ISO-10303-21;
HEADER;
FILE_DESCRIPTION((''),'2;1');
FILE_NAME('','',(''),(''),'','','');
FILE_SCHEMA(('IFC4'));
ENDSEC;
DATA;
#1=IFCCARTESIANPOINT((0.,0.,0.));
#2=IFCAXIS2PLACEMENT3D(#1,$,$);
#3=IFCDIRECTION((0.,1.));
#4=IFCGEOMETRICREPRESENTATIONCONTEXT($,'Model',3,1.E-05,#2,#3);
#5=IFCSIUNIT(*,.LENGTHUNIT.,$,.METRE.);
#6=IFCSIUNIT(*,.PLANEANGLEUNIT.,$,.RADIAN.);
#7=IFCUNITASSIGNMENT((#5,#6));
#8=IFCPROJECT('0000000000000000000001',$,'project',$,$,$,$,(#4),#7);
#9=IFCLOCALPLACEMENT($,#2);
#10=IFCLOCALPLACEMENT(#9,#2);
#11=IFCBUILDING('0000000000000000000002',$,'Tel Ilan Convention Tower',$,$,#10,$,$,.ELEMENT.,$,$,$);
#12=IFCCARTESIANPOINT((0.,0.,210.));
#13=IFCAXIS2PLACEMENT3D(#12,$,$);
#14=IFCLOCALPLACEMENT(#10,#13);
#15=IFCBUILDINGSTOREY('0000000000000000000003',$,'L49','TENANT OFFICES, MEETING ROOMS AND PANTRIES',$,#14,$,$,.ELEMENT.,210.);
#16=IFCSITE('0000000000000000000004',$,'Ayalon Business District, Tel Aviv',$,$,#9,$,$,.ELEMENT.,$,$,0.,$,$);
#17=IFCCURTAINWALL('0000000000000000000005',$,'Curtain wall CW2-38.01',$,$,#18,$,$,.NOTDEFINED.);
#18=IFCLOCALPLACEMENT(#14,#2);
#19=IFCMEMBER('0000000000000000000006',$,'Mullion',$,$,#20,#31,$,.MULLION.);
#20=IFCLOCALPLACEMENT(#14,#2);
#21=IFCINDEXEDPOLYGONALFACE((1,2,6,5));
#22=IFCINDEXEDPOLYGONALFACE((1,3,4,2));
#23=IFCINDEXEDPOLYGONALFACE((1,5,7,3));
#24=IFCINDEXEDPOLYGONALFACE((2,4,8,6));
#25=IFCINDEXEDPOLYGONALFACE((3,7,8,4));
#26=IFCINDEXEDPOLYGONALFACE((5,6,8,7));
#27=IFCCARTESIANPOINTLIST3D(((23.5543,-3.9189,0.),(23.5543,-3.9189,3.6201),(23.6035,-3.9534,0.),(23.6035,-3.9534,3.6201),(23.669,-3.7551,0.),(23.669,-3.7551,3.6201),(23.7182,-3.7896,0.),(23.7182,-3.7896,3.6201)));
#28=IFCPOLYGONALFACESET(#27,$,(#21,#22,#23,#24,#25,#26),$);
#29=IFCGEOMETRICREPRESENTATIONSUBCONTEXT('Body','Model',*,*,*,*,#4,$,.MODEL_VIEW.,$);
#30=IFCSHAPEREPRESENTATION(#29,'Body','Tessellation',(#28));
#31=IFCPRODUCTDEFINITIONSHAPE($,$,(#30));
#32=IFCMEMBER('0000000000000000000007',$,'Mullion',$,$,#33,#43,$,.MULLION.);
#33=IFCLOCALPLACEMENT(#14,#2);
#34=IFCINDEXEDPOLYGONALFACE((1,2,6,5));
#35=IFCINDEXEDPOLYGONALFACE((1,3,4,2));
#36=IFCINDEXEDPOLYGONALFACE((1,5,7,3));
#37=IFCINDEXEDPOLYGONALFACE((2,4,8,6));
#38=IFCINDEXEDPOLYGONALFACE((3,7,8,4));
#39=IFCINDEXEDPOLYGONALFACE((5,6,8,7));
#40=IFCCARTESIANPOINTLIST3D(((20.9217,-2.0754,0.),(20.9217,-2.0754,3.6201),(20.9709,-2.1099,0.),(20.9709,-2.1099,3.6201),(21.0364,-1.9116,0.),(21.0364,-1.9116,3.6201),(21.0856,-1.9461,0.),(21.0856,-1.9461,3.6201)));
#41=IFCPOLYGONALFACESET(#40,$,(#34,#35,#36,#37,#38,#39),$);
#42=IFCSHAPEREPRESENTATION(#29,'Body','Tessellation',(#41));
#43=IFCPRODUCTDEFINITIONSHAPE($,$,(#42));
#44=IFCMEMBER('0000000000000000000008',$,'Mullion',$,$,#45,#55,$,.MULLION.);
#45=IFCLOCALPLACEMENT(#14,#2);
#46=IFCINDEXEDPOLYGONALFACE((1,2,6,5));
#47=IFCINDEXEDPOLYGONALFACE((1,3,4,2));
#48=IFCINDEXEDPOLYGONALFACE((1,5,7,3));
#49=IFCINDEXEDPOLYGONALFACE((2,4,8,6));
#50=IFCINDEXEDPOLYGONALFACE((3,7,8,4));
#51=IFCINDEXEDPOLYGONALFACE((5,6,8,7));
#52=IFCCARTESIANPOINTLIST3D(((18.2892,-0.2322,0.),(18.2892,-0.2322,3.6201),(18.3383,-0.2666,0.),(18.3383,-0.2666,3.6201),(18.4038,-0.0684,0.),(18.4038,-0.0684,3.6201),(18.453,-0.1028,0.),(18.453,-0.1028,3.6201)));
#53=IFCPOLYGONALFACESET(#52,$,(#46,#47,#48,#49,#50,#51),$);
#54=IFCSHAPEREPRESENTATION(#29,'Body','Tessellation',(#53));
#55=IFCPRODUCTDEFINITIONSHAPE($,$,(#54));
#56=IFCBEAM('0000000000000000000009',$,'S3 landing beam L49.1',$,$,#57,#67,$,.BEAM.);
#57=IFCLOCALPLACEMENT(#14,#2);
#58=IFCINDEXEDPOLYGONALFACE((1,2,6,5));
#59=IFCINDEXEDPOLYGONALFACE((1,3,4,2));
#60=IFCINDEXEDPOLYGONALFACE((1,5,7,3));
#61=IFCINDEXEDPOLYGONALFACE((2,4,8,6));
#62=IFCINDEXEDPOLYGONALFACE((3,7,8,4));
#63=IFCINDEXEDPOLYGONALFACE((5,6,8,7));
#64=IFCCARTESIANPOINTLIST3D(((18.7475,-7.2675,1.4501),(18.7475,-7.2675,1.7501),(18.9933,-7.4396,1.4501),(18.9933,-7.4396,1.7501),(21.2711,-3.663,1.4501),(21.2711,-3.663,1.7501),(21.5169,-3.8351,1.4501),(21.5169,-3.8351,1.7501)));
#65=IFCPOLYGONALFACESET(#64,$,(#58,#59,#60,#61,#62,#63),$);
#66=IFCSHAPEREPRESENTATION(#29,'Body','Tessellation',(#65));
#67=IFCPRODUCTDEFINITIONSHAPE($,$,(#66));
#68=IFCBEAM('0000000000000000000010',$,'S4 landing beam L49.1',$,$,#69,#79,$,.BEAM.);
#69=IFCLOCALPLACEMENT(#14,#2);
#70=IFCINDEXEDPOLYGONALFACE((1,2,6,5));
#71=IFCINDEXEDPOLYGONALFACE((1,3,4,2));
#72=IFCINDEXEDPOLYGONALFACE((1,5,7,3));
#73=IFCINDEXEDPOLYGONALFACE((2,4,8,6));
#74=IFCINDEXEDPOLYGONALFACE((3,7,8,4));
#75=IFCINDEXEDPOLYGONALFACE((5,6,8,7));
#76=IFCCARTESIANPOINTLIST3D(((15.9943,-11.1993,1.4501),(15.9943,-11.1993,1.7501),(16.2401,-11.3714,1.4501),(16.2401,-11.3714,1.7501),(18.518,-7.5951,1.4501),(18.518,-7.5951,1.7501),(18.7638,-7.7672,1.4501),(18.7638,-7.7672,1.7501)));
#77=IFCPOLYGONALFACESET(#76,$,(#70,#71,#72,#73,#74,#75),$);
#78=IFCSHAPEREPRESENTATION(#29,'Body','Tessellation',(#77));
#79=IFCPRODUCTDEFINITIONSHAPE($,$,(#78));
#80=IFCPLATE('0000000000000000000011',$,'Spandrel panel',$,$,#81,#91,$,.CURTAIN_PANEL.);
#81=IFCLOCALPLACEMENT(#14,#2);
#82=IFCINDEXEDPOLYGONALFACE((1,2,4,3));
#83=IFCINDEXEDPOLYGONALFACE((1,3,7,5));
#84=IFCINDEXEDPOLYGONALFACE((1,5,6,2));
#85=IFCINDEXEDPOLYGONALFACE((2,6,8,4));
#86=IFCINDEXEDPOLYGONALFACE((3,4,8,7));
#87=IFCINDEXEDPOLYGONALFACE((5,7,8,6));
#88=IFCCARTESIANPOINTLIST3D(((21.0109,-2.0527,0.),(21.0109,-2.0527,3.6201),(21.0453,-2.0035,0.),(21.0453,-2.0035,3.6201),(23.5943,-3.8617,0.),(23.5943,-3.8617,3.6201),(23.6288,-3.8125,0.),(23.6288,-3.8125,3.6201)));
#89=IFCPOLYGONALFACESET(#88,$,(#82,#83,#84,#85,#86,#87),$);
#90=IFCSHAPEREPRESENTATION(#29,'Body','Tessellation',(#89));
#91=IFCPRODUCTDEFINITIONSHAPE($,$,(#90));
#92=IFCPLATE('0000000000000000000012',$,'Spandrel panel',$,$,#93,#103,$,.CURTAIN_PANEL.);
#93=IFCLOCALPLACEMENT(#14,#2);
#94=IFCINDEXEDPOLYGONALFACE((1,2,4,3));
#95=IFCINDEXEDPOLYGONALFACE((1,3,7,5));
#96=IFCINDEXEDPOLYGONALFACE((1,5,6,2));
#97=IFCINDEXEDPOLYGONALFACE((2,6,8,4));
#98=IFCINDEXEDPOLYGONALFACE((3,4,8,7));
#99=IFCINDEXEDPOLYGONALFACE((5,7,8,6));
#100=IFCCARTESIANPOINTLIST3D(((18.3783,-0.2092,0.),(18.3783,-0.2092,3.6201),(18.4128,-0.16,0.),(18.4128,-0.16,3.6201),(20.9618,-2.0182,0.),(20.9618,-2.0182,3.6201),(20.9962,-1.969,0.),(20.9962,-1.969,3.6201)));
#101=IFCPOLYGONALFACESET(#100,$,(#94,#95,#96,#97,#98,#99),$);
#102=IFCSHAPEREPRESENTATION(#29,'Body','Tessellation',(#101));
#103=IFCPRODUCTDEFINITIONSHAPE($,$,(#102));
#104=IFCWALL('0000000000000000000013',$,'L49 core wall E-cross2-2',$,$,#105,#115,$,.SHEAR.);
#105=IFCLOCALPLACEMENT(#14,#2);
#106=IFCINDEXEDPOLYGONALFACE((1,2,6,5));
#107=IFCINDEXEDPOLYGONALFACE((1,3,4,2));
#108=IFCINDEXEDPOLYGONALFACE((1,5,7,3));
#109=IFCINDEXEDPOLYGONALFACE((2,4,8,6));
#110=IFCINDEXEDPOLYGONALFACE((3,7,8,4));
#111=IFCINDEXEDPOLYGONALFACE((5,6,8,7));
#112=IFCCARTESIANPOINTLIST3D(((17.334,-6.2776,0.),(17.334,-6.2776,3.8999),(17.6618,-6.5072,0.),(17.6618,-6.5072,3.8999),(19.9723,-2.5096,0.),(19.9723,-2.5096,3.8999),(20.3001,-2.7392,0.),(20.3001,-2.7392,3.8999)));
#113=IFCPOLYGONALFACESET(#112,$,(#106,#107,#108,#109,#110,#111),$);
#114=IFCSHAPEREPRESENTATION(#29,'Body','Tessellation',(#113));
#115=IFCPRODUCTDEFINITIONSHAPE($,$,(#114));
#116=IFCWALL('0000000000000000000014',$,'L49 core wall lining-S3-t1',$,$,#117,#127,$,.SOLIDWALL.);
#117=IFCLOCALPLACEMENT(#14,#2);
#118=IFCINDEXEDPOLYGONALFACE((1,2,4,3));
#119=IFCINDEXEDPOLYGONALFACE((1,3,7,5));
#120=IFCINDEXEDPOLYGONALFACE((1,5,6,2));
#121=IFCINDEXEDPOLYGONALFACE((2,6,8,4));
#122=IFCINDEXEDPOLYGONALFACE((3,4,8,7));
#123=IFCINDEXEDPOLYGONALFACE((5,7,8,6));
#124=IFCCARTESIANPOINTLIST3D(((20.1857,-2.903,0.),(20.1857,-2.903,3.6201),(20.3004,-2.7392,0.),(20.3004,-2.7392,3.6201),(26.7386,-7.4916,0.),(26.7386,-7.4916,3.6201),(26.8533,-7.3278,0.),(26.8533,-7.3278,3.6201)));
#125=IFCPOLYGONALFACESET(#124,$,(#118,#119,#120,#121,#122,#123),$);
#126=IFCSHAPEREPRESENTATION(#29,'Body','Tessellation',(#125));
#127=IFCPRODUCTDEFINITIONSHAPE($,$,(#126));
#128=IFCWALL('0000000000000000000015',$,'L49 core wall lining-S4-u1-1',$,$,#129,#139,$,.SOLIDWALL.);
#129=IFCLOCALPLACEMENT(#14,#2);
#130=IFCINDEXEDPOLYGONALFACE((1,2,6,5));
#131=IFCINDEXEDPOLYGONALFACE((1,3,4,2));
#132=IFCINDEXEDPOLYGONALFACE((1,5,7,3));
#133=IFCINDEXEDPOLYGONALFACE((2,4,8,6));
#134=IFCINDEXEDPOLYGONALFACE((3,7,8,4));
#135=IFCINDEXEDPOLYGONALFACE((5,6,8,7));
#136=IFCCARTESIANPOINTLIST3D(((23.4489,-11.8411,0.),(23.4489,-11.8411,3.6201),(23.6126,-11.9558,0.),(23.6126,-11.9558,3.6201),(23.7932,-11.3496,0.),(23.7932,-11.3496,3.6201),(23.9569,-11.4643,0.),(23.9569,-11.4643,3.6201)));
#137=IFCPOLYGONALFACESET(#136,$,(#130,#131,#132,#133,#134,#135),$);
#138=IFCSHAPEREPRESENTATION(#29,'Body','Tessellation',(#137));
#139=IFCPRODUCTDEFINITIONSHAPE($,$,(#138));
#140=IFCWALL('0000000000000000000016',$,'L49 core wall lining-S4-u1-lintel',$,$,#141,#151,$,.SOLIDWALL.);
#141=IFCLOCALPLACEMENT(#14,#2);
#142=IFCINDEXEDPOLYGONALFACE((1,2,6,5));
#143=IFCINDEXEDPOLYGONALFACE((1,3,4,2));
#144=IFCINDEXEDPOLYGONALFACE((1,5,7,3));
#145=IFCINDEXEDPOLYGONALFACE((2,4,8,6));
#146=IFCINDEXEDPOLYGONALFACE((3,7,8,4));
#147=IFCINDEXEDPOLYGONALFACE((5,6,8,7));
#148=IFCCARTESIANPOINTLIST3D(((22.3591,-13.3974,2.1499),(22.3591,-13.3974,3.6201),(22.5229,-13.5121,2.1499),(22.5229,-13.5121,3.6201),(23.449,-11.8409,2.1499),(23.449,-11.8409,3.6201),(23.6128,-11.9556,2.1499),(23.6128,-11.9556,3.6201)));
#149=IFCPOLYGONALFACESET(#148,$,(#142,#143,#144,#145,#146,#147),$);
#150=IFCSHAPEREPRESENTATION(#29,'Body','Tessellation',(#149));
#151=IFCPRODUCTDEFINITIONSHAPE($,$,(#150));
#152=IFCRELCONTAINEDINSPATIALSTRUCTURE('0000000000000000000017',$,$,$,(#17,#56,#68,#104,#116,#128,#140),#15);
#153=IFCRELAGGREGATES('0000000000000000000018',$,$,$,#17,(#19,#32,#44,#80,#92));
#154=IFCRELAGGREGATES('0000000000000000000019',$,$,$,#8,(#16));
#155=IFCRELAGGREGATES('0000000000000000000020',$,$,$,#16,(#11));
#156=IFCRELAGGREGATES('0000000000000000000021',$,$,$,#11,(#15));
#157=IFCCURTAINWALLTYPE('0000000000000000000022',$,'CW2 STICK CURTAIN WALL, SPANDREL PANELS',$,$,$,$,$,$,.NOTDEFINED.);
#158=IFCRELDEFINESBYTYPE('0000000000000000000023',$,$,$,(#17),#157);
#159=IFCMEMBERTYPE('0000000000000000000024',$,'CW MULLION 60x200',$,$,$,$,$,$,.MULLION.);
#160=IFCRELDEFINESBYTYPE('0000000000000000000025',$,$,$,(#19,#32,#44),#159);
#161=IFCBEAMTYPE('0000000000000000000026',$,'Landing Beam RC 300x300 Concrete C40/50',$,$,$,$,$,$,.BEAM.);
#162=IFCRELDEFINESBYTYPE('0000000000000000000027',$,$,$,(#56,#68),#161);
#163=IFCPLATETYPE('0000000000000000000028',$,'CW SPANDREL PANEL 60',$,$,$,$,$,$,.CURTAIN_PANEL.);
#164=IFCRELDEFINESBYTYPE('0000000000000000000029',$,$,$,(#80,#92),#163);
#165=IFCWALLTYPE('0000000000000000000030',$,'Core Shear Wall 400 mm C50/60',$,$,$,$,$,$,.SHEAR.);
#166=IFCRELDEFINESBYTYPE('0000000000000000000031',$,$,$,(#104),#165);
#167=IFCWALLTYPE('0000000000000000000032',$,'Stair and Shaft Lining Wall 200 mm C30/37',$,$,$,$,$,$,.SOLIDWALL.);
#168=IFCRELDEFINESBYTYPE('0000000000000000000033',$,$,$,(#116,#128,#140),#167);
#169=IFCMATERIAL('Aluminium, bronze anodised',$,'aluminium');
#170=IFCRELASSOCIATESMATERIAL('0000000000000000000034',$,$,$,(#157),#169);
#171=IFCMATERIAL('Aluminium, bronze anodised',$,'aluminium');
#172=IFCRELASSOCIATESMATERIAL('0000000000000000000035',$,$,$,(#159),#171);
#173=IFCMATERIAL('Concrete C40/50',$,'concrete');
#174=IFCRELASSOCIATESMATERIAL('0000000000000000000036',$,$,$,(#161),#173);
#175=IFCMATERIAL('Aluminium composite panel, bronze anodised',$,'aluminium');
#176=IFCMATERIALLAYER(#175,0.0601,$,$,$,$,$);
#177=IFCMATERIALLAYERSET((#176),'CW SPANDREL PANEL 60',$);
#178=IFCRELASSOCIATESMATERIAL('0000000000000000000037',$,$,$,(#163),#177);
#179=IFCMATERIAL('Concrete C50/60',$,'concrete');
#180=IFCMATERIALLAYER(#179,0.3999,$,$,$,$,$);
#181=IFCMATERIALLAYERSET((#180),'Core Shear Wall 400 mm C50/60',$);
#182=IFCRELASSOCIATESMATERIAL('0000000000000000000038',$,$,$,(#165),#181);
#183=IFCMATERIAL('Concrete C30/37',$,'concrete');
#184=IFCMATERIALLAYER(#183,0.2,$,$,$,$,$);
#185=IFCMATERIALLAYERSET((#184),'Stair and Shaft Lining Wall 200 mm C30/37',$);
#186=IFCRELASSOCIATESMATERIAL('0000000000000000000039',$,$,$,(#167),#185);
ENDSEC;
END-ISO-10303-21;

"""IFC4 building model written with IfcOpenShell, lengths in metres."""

from ifc_helpers import new_model, si_unit, direction, frame, frame_2d, origin, origin_2d, place, context, subcontext, project, spatial, polyline, rectangle, outline, extrude, material, layer, layer_set, material_profile, profile_set, type_object, element, aggregate, save


model = new_model("IFC4")

# Units and contexts
model_context = context("Model", 3, precision=1e-05, world=origin(), true_north=direction((0.0, 1.0)))
body_context = subcontext(model_context, "Body", "Model", "MODEL_VIEW")
ifc_project = project(units=[si_unit("LENGTHUNIT", "METRE"), si_unit("PLANEANGLEUNIT", "RADIAN")], contexts=[model_context])

# Site, building, storey
site_placement = place(None, origin())
site = spatial("IfcSite", under=ifc_project, at=site_placement, Name="Ayalon Business District, Tel Aviv", CompositionType="ELEMENT", RefElevation=0.0)
building_placement = place(site_placement, origin())
building = spatial("IfcBuilding", under=site, at=building_placement, Name="Tel Ilan Convention Tower", CompositionType="ELEMENT")
storey_placement = place(building_placement, frame((0.0, 0.0, 210.0)))
storey = spatial("IfcBuildingStorey", under=building, at=storey_placement, Name="L49", Description="TENANT OFFICES, MEETING ROOMS AND PANTRIES", CompositionType="ELEMENT", Elevation=210.0)

# Curtain wall, members
ifc_material_1 = material(Name="Aluminium, bronze anodised", Category="aluminium")
curtain_wall_type = type_object("IfcCurtainWallType", Name="CW2 STICK CURTAIN WALL, SPANDREL PANELS", PredefinedType="NOTDEFINED", material=ifc_material_1)
curtain_wall_placement = place(storey_placement, origin())
curtain_wall = element("IfcCurtainWall", 1, at=curtain_wall_placement, inside=storey, type_object=curtain_wall_type, Name="Curtain wall CW2-38.01", PredefinedType="NOTDEFINED")
ifc_material_2 = material(Name="Aluminium, bronze anodised", Category="aluminium")
ifc_material_profile_1 = material_profile(ifc_material_2, rectangle(XDim=0.0601, YDim=0.2, at=origin_2d()), Name="CW MULLION 60x200")
ifc_profile_set_1 = profile_set([ifc_material_profile_1], Name="Aluminium, bronze anodised")
member_type = type_object("IfcMemberType", Name="CW MULLION 60x200", PredefinedType="MULLION", material=ifc_profile_set_1)
member_1_placement = place(storey_placement, frame((23.6362, -3.8542, 0.0), z_axis=(0.0, 0.0, 1.0), x_axis=(-0.819152, 0.573576, 0.0)))
member_1 = element("IfcMember", 2, at=member_1_placement, type_object=member_type, Name="Mullion", PredefinedType="MULLION", context=body_context, shape_type="SweptSolid", body=[
    extrude(rectangle(XDim=0.0601, YDim=0.2, at=origin_2d()), origin(), (0.0, 0.0, 1.0), 3.6201),
])
member_2_placement = place(storey_placement, frame((21.0037, -2.0107, 0.0), z_axis=(0.0, 0.0, 1.0), x_axis=(-0.819152, 0.573576, 0.0)))
member_2 = element("IfcMember", 3, at=member_2_placement, type_object=member_type, Name="Mullion", PredefinedType="MULLION", context=body_context, shape_type="SweptSolid", body=[
    extrude(rectangle(XDim=0.0601, YDim=0.2, at=origin_2d()), origin(), (0.0, 0.0, 1.0), 3.6201),
])
member_3_placement = place(storey_placement, frame((18.3711, -0.1675, 0.0), z_axis=(0.0, 0.0, 1.0), x_axis=(-0.819152, 0.573576, 0.0)))
member_3 = element("IfcMember", 4, at=member_3_placement, type_object=member_type, Name="Mullion", PredefinedType="MULLION", context=body_context, shape_type="SweptSolid", body=[
    extrude(rectangle(XDim=0.0601, YDim=0.2, at=origin_2d()), origin(), (0.0, 0.0, 1.0), 3.6201),
])

# Beams
ifc_material_3 = material(Name="Concrete C40/50", Category="concrete")
ifc_material_profile_2 = material_profile(ifc_material_3, rectangle(XDim=0.3, YDim=0.3, at=origin_2d()), Name="RC 300x300")
ifc_profile_set_2 = profile_set([ifc_material_profile_2], Name="Concrete C40/50")
beam_type = type_object("IfcBeamType", Name="Landing Beam RC 300x300 Concrete C40/50", PredefinedType="BEAM", material=ifc_profile_set_2)
beam_1_placement = place(storey_placement, frame((21.394, -3.749, 1.6001), z_axis=(-0.573544, -0.819175, 0.0), x_axis=(0.819175, -0.573544, 0.0)))
element("IfcBeam", 5, at=beam_1_placement, inside=storey, type_object=beam_type, Name="S3 landing beam L49.1", PredefinedType="BEAM", context=body_context, shape_type="SweptSolid", body=[
    extrude(rectangle(XDim=0.3, YDim=0.3, at=origin_2d()), origin(), (0.0, 0.0, 1.0), 4.4001),
])
beam_2_placement = place(storey_placement, frame((18.6409, -7.6812, 1.6001), z_axis=(-0.57357, -0.819156, 0.0), x_axis=(0.819156, -0.57357, 0.0)))
element("IfcBeam", 6, at=beam_2_placement, inside=storey, type_object=beam_type, Name="S4 landing beam L49.1", PredefinedType="BEAM", context=body_context, shape_type="SweptSolid", body=[
    extrude(rectangle(XDim=0.3, YDim=0.3, at=origin_2d()), origin(), (0.0, 0.0, 1.0), 4.3999),
])

# Plates
ifc_material_4 = material(Name="Aluminium composite panel, bronze anodised", Category="aluminium")
ifc_layer_1 = layer(ifc_material_4, 0.0601)
ifc_layer_set_1 = layer_set([ifc_layer_1], Name="CW SPANDREL PANEL 60")
plate_type = type_object("IfcPlateType", Name="CW SPANDREL PANEL 60", PredefinedType="CURTAIN_PANEL", material=ifc_layer_set_1)
plate_1_placement = place(storey_placement, frame((22.3198, -2.9326, 0.0), z_axis=(0.0, 0.0, 1.0), x_axis=(-0.819152, 0.573576, 0.0)))
plate_1 = element("IfcPlate", 7, at=plate_1_placement, type_object=plate_type, Name="Spandrel panel", PredefinedType="CURTAIN_PANEL", context=body_context, shape_type="SweptSolid", body=[
    extrude(rectangle(XDim=3.1538, YDim=0.0601, at=origin_2d()), origin(), (0.0, 0.0, 1.0), 3.6201),
])
plate_2_placement = place(storey_placement, frame((19.6873, -1.0891, 0.0), z_axis=(0.0, 0.0, 1.0), x_axis=(-0.819152, 0.573576, 0.0)))
plate_2 = element("IfcPlate", 8, at=plate_2_placement, type_object=plate_type, Name="Spandrel panel", PredefinedType="CURTAIN_PANEL", context=body_context, shape_type="SweptSolid", body=[
    extrude(rectangle(XDim=3.1538, YDim=0.0601, at=origin_2d()), origin(), (0.0, 0.0, 1.0), 3.6201),
])
aggregate(curtain_wall, [member_1, member_2, member_3, plate_1, plate_2])

# Walls
ifc_material_5 = material(Name="Concrete C50/60", Category="concrete")
ifc_layer_2 = layer(ifc_material_5, 0.3999)
ifc_layer_set_2 = layer_set([ifc_layer_2], Name="Core Shear Wall 400 mm C50/60")
wall_type_1 = type_object("IfcWallType", Name="Core Shear Wall 400 mm C50/60", PredefinedType="SHEAR", material=ifc_layer_set_2)
wall_1_placement = place(storey_placement, frame((17.4978, -6.3923, 0.0), z_axis=(0.0, 0.0, 1.0), x_axis=(0.573612, 0.819127, 0.0)))
element("IfcWall", 9, at=wall_1_placement, inside=storey, type_object=wall_type_1, Name="L49 core wall E-cross2-2", PredefinedType="SHEAR", context=body_context, shape_type="SweptSolid", body=[
    extrude(outline(polyline([(4.5999, -0.2), (4.5999, 0.2002), (0.0, 0.2), (0.0, -0.2002), (4.5999, -0.2)])), origin(), (0.0, 0.0, 1.0), 3.8999),
])
ifc_material_6 = material(Name="Concrete C30/37", Category="concrete")
ifc_layer_3 = layer(ifc_material_6, 0.2)
ifc_layer_set_3 = layer_set([ifc_layer_3], Name="Stair and Shaft Lining Wall 200 mm C30/37")
wall_type_2 = type_object("IfcWallType", Name="Stair and Shaft Lining Wall 200 mm C30/37", PredefinedType="SOLIDWALL", material=ifc_layer_set_3)
wall_2_placement = place(storey_placement, frame((20.2429, -2.821, 0.0), z_axis=(0.0, 0.0, 1.0), x_axis=(0.819142, -0.573591, 0.0)))
element("IfcWall", 10, at=wall_2_placement, inside=storey, type_object=wall_type_2, Name="L49 core wall lining-S3-t1", PredefinedType="SOLIDWALL", context=body_context, shape_type="SweptSolid", body=[
    extrude(rectangle(XDim=7.9998, YDim=0.2, at=frame_2d((4.0, 0.0))), origin(), (0.0, 0.0, 1.0), 3.6201),
])
wall_3_placement = place(storey_placement, frame((23.5308, -11.8984, 0.0), z_axis=(0.0, 0.0, 1.0), x_axis=(0.573708, 0.81906, 0.0)))
element("IfcWall", 11, at=wall_3_placement, inside=storey, type_object=wall_type_2, Name="L49 core wall lining-S4-u1-1", PredefinedType="SOLIDWALL", context=body_context, shape_type="SweptSolid", body=[
    extrude(rectangle(XDim=0.6001, YDim=0.2, at=frame_2d((0.3, 0.0))), origin(), (0.0, 0.0, 1.0), 3.6201),
])
wall_4_placement = place(storey_placement, frame((22.4409, -13.4548, 2.1499), z_axis=(0.0, 0.0, 1.0), x_axis=(0.573592, 0.819141, 0.0)))
element("IfcWall", 12, at=wall_4_placement, inside=storey, type_object=wall_type_2, Name="L49 core wall lining-S4-u1-lintel", PredefinedType="SOLIDWALL", context=body_context, shape_type="SweptSolid", body=[
    extrude(rectangle(XDim=1.9001, YDim=0.2, at=frame_2d((0.9502, 0.0))), origin(), (0.0, 0.0, 1.0), 1.4702),
])

save(model, "model.ifc")
